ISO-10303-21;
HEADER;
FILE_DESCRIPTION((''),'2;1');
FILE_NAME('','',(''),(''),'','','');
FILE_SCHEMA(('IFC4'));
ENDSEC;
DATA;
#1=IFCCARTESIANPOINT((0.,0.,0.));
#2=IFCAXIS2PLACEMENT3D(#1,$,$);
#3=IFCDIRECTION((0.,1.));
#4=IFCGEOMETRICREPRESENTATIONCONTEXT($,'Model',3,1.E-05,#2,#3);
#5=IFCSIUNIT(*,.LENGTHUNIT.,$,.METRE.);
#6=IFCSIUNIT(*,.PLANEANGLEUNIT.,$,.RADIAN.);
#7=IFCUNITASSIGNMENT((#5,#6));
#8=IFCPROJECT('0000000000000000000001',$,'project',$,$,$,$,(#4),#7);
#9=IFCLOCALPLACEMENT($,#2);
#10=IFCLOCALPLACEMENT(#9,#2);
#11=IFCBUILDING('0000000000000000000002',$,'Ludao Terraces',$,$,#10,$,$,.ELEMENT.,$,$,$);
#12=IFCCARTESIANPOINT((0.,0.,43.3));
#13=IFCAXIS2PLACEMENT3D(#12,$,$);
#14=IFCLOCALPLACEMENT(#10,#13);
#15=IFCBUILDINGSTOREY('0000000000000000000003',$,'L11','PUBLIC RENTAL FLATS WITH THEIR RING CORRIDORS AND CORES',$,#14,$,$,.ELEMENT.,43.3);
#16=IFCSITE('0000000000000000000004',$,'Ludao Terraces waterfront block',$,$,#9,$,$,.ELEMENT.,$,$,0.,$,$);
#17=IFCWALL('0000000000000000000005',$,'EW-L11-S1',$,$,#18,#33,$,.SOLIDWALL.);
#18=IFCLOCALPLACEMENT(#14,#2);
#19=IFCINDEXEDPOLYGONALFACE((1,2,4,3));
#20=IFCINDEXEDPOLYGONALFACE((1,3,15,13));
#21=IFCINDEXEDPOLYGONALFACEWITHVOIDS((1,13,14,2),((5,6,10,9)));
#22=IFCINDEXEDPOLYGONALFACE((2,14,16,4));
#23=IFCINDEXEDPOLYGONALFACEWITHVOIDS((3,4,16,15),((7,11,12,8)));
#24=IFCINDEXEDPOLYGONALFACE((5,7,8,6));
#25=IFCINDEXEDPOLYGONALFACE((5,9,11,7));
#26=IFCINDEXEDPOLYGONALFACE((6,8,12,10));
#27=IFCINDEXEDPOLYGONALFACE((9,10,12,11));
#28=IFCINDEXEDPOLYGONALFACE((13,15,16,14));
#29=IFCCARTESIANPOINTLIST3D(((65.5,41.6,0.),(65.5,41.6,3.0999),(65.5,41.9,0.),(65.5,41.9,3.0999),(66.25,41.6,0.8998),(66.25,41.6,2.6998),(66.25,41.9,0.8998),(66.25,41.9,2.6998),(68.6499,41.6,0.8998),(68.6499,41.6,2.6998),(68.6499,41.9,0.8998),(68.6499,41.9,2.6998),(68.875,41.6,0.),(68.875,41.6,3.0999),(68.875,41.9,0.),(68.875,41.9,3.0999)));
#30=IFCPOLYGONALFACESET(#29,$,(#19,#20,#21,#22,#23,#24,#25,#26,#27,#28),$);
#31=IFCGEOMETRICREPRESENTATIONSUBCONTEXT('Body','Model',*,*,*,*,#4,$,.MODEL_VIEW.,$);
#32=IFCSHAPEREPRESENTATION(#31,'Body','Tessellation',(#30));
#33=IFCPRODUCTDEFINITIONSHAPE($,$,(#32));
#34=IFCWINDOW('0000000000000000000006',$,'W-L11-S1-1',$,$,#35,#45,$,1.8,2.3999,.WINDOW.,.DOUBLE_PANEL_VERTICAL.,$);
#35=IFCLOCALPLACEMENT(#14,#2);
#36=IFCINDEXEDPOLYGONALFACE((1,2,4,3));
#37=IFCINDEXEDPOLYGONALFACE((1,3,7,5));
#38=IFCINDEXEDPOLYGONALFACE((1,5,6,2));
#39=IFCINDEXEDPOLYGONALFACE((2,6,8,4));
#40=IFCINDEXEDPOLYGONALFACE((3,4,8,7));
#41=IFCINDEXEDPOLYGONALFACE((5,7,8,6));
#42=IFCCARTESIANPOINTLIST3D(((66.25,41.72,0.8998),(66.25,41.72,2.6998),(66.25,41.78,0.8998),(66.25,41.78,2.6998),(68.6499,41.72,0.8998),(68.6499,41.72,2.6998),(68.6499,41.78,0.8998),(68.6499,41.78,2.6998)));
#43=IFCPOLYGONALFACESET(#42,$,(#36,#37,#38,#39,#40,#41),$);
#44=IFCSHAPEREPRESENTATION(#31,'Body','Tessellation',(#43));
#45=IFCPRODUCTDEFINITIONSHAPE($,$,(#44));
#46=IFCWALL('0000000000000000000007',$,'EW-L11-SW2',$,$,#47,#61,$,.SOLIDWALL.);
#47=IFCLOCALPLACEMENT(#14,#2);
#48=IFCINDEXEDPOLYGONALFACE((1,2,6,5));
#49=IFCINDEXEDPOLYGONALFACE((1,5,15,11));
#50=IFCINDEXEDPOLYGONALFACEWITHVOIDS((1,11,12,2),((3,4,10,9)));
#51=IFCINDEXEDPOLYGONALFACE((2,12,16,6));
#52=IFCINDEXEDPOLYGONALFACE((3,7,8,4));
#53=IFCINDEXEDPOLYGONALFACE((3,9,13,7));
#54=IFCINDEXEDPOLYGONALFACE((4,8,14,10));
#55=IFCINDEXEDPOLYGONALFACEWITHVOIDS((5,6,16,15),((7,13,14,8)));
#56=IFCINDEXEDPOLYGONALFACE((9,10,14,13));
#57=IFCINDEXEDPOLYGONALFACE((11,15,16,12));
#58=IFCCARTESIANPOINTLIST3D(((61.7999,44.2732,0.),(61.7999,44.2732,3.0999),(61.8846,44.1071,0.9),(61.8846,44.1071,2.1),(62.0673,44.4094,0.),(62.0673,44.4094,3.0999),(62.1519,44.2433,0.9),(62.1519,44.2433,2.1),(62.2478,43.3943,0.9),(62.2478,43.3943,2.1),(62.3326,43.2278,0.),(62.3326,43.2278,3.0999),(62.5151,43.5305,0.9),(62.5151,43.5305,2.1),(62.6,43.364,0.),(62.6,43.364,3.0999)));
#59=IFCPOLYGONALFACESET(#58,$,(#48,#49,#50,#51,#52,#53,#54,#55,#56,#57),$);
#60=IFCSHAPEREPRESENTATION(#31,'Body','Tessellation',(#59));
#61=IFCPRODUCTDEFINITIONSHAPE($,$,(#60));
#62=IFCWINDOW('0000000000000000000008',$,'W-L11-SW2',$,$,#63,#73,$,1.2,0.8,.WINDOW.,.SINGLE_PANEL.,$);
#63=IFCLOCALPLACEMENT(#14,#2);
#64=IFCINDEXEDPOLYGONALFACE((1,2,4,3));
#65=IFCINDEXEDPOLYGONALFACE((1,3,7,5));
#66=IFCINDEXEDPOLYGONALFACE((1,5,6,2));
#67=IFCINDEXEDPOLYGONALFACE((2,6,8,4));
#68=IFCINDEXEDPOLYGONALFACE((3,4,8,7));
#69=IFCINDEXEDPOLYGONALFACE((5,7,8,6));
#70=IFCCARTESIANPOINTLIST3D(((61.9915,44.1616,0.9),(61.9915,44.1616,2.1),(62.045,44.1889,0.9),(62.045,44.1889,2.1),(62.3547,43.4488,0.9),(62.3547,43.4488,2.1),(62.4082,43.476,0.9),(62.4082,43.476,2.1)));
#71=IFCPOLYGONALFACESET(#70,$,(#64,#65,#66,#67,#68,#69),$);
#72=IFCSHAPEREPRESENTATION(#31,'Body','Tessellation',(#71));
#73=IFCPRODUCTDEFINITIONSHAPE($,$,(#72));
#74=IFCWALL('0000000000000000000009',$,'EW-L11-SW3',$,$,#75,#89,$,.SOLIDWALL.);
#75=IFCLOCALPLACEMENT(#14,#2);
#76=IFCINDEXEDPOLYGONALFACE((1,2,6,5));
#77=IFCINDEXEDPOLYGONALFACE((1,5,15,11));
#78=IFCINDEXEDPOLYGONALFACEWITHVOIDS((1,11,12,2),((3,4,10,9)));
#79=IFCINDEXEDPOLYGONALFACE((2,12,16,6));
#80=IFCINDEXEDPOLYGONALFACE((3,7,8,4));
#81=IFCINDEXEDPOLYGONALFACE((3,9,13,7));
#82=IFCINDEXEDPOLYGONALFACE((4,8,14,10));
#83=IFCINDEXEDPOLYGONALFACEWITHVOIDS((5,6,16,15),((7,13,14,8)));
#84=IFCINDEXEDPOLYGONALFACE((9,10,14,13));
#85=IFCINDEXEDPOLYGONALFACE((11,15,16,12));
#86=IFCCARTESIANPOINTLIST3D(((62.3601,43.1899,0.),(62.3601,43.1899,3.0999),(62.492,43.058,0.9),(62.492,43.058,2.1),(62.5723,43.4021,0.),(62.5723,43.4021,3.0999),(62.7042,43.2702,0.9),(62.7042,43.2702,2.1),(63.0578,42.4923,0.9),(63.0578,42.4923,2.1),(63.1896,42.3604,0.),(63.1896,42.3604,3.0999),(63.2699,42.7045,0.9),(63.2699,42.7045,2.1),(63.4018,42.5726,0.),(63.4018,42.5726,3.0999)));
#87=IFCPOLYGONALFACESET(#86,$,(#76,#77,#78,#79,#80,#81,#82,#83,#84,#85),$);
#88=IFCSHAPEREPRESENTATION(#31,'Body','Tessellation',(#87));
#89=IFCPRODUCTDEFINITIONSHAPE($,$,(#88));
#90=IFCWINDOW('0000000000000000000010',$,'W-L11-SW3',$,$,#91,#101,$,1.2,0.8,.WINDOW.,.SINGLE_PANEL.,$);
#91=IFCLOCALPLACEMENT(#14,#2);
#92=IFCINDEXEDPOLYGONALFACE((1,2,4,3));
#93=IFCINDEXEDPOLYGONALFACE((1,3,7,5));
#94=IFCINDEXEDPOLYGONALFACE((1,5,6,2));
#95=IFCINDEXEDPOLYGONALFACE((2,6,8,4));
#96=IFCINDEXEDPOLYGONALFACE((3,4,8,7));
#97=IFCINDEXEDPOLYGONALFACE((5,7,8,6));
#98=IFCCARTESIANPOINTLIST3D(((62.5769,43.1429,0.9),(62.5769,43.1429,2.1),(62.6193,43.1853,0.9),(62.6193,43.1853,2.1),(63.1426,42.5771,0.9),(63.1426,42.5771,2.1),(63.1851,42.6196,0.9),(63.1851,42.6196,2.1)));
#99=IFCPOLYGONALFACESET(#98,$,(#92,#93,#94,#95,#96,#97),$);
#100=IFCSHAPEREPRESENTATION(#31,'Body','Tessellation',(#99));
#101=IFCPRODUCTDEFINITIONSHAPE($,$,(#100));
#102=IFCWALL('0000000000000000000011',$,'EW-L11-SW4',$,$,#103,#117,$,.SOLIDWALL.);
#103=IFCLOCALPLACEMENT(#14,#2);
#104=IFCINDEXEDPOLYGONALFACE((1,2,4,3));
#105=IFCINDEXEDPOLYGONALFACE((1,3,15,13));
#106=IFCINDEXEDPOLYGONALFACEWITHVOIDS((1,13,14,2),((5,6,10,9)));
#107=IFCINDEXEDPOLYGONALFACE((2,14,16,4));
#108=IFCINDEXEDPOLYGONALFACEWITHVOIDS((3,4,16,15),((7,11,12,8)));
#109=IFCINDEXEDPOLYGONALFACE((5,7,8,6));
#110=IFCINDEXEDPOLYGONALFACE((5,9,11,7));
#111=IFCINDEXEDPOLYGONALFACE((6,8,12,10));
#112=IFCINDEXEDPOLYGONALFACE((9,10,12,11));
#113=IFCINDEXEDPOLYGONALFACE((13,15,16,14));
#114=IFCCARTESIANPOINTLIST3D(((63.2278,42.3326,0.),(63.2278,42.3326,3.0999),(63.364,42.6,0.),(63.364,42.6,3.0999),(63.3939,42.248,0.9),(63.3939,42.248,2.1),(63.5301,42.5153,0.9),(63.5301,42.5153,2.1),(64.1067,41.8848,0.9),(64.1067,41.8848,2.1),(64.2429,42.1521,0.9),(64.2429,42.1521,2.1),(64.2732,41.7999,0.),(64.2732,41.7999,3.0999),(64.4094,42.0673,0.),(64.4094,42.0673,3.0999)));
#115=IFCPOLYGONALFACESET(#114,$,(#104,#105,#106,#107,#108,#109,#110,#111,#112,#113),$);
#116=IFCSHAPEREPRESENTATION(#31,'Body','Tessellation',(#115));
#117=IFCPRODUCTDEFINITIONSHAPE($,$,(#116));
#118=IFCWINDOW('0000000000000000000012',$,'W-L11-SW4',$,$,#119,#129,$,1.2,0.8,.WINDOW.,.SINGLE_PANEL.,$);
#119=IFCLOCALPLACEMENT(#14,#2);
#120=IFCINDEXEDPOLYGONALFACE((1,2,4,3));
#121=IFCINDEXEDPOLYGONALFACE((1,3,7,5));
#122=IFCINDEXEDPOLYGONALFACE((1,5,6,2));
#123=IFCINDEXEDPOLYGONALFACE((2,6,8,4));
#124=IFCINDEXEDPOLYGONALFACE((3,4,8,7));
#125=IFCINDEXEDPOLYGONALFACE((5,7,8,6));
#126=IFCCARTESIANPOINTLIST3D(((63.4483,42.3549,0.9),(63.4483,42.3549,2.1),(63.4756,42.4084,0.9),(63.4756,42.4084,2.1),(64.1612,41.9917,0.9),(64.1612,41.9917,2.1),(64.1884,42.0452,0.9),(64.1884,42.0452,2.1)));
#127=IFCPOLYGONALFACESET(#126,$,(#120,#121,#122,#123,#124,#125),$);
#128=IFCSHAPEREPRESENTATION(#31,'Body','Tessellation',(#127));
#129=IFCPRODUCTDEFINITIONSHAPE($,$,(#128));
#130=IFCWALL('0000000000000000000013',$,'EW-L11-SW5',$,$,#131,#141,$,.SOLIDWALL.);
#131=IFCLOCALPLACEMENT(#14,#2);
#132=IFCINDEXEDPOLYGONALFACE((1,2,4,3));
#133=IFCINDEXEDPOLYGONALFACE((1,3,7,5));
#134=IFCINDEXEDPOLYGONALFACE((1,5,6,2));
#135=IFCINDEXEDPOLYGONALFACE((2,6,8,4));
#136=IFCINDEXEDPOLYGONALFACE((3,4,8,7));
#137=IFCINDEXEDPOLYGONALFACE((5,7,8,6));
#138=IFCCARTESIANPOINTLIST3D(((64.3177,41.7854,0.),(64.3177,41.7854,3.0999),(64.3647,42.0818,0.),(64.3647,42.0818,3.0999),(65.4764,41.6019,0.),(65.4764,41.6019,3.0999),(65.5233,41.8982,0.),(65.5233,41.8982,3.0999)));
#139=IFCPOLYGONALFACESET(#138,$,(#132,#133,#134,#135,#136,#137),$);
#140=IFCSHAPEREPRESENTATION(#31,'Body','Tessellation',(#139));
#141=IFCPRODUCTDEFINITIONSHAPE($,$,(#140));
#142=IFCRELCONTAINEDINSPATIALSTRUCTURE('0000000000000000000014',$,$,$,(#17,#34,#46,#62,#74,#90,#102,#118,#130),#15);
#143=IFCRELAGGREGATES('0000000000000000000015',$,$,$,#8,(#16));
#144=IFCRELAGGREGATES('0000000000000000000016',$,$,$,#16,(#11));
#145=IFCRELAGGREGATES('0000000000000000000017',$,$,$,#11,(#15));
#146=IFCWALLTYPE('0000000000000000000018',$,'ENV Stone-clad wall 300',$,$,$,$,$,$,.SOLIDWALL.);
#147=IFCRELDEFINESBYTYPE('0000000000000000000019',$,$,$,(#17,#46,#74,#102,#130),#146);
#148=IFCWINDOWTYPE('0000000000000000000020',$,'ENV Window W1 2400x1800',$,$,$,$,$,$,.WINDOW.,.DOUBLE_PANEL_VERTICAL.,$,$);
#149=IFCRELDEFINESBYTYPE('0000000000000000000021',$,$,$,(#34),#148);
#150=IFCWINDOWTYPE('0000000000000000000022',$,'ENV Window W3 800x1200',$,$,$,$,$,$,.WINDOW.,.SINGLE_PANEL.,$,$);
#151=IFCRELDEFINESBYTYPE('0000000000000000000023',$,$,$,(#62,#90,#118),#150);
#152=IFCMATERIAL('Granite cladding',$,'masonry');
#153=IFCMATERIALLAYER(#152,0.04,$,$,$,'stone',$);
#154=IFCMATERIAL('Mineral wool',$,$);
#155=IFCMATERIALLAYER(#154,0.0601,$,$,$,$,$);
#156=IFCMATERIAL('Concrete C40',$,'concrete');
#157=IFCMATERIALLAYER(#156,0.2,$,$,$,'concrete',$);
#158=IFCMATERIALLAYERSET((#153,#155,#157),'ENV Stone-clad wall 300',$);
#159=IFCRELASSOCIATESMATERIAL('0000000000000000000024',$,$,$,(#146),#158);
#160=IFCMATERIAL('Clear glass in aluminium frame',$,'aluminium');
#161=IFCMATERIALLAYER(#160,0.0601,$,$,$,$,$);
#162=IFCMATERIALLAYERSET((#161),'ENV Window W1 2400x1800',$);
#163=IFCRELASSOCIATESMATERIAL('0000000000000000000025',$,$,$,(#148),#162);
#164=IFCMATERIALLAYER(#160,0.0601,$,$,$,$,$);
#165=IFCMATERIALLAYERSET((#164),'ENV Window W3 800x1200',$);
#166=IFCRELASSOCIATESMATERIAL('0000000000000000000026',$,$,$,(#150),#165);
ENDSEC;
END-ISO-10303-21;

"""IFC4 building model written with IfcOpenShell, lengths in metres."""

from ifc_helpers import new_model, si_unit, direction, frame, frame_2d, origin, place, context, subcontext, project, spatial, rectangle, extrude, material, layer, layer_set, type_object, element, fill, save


model = new_model("IFC4")

# Units and contexts
model_context = context("Model", 3, precision=1e-05, world=origin(), true_north=direction((0.0, 1.0)))
body_context = subcontext(model_context, "Body", "Model", "MODEL_VIEW")
ifc_project = project(units=[si_unit("LENGTHUNIT", "METRE"), si_unit("PLANEANGLEUNIT", "RADIAN")], contexts=[model_context])

# Site, building, storey
site_placement = place(None, origin())
site = spatial("IfcSite", under=ifc_project, at=site_placement, Name="Ludao Terraces waterfront block", CompositionType="ELEMENT", RefElevation=0.0)
building_placement = place(site_placement, origin())
building = spatial("IfcBuilding", under=site, at=building_placement, Name="Ludao Terraces", CompositionType="ELEMENT")
storey_placement = place(building_placement, frame((0.0, 0.0, 43.3)))
storey = spatial("IfcBuildingStorey", under=building, at=storey_placement, Name="L11", Description="PUBLIC RENTAL FLATS WITH THEIR RING CORRIDORS AND CORES", CompositionType="ELEMENT", Elevation=43.3)

# Walls, openings, windows
ifc_material_1 = material(Name="Granite cladding", Category="masonry")
ifc_layer_1 = layer(ifc_material_1, 0.04, Category="stone")
ifc_material_2 = material(Name="Mineral wool")
ifc_layer_2 = layer(ifc_material_2, 0.0601)
ifc_material_3 = material(Name="Concrete C40", Category="concrete")
ifc_layer_3 = layer(ifc_material_3, 0.2, Category="concrete")
ifc_layer_set_1 = layer_set([ifc_layer_1, ifc_layer_2, ifc_layer_3], Name="ENV Stone-clad wall 300")
wall_type_1 = type_object("IfcWallType", Name="ENV Stone-clad wall 300", PredefinedType="SOLIDWALL", material=ifc_layer_set_1)
wall_1_placement = place(storey_placement, frame((65.5, 41.75, 0.0), z_axis=(0.0, 0.0, 1.0), x_axis=(1.0, 0.0, 0.0)))
wall_1 = element("IfcWall", 1, at=wall_1_placement, inside=storey, type_object=wall_type_1, Name="EW-L11-S1", PredefinedType="SOLIDWALL", context=body_context, shape_type="SweptSolid", body=[
    extrude(rectangle(XDim=3.375, YDim=0.3, at=frame_2d((1.6875, 0.0))), origin(), (0.0, 0.0, 1.0), 3.0999),
])
opening_1_placement = place(wall_1_placement, frame((0.75, 0.0, 0.8999)))
opening_1 = element("IfcOpeningElement", 2, at=opening_1_placement, cuts=wall_1, PredefinedType="OPENING", context=body_context, shape_type="SweptSolid", body=[
    extrude(rectangle(XDim=2.3999, YDim=1.8, at=frame_2d((1.2, 0.8999))), frame((0.0, 0.1602, 0.0), z_axis=(0.0, -1.0, 0.0), x_axis=(1.0, 0.0, 0.0)), (0.0, 0.0, 1.0), 0.3201),
])
ifc_material_4 = material(Name="Clear glass in aluminium frame", Category="aluminium")
ifc_layer_4 = layer(ifc_material_4, 0.0601)
ifc_layer_set_2 = layer_set([ifc_layer_4], Name="ENV Window W1 2400x1800")
window_type_1 = type_object("IfcWindowType", Name="ENV Window W1 2400x1800", PartitioningType="DOUBLE_PANEL_VERTICAL", PredefinedType="WINDOW", material=ifc_layer_set_2)
window_1_placement = place(opening_1_placement, origin())
window_1 = element("IfcWindow", 3, at=window_1_placement, inside=storey, type_object=window_type_1, Name="W-L11-S1-1", OverallHeight=1.8, OverallWidth=2.3999, PartitioningType="DOUBLE_PANEL_VERTICAL", PredefinedType="WINDOW", context=body_context, shape_type="SweptSolid", body=[
    extrude(rectangle(XDim=2.3999, YDim=1.8, at=frame_2d((1.2, 0.8999))), frame((0.0, 0.03, 0.0), z_axis=(0.0, -1.0, 0.0), x_axis=(1.0, 0.0, 0.0)), (0.0, 0.0, 1.0), 0.0601),
])
fill(opening_1, window_1)
wall_2_placement = place(storey_placement, frame((61.9336, 44.3413, 0.0), z_axis=(0.0, 0.0, 1.0), x_axis=(0.454026, -0.890989, 0.0)))
wall_2 = element("IfcWall", 4, at=wall_2_placement, inside=storey, type_object=wall_type_1, Name="EW-L11-SW2", PredefinedType="SOLIDWALL", context=body_context, shape_type="SweptSolid", body=[
    extrude(rectangle(XDim=1.1733, YDim=0.3, at=frame_2d((0.5867, 0.0))), origin(), (0.0, 0.0, 1.0), 3.0999),
])
opening_2_placement = place(wall_2_placement, frame((0.1865, 0.0, 0.8999)))
opening_2 = element("IfcOpeningElement", 5, at=opening_2_placement, cuts=wall_2, PredefinedType="OPENING", context=body_context, shape_type="SweptSolid", body=[
    extrude(rectangle(XDim=0.8, YDim=1.2, at=frame_2d((0.3999, 0.6001))), frame((0.0, 0.1602, 0.0), z_axis=(0.0, -1.0, 0.0), x_axis=(1.0, 0.0, 0.0)), (0.0, 0.0, 1.0), 0.3201),
])
ifc_layer_5 = layer(ifc_material_4, 0.0601)
ifc_layer_set_3 = layer_set([ifc_layer_5], Name="ENV Window W3 800x1200")
window_type_2 = type_object("IfcWindowType", Name="ENV Window W3 800x1200", PartitioningType="SINGLE_PANEL", PredefinedType="WINDOW", material=ifc_layer_set_3)
window_2_placement = place(opening_2_placement, origin())
window_2 = element("IfcWindow", 6, at=window_2_placement, inside=storey, type_object=window_type_2, Name="W-L11-SW2", OverallHeight=1.2, OverallWidth=0.8, PartitioningType="SINGLE_PANEL", PredefinedType="WINDOW", context=body_context, shape_type="SweptSolid", body=[
    extrude(rectangle(XDim=0.8, YDim=1.2, at=frame_2d((0.3999, 0.6001))), frame((0.0, 0.03, 0.0), z_axis=(0.0, -1.0, 0.0), x_axis=(1.0, 0.0, 0.0)), (0.0, 0.0, 1.0), 0.0601),
])
fill(opening_2, window_2)
wall_3_placement = place(storey_placement, frame((62.4663, 43.2959, 0.0), z_axis=(0.0, 0.0, 1.0), x_axis=(0.707107, -0.707107, 0.0)))
wall_3 = element("IfcWall", 7, at=wall_3_placement, inside=storey, type_object=wall_type_1, Name="EW-L11-SW3", PredefinedType="SOLIDWALL", context=body_context, shape_type="SweptSolid", body=[
    extrude(rectangle(XDim=1.1731, YDim=0.3, at=frame_2d((0.5864, 0.0))), origin(), (0.0, 0.0, 1.0), 3.0999),
])
opening_3_placement = place(wall_3_placement, frame((0.1865, 0.0, 0.8999)))
opening_3 = element("IfcOpeningElement", 8, at=opening_3_placement, cuts=wall_3, PredefinedType="OPENING", context=body_context, shape_type="SweptSolid", body=[
    extrude(rectangle(XDim=0.8, YDim=1.2, at=frame_2d((0.3999, 0.6001))), frame((0.0, 0.1602, 0.0), z_axis=(0.0, -1.0, 0.0), x_axis=(1.0, 0.0, 0.0)), (0.0, 0.0, 1.0), 0.3201),
])
window_3_placement = place(opening_3_placement, origin())
window_3 = element("IfcWindow", 9, at=window_3_placement, inside=storey, type_object=window_type_2, Name="W-L11-SW3", OverallHeight=1.2, OverallWidth=0.8, PartitioningType="SINGLE_PANEL", PredefinedType="WINDOW", context=body_context, shape_type="SweptSolid", body=[
    extrude(rectangle(XDim=0.8, YDim=1.2, at=frame_2d((0.3999, 0.6001))), frame((0.0, 0.03, 0.0), z_axis=(0.0, -1.0, 0.0), x_axis=(1.0, 0.0, 0.0)), (0.0, 0.0, 1.0), 0.0601),
])
fill(opening_3, window_3)
wall_4_placement = place(storey_placement, frame((63.2959, 42.4663, 0.0), z_axis=(0.0, 0.0, 1.0), x_axis=(0.890989, -0.454026, 0.0)))
wall_4 = element("IfcWall", 10, at=wall_4_placement, inside=storey, type_object=wall_type_1, Name="EW-L11-SW4", PredefinedType="SOLIDWALL", context=body_context, shape_type="SweptSolid", body=[
    extrude(rectangle(XDim=1.1733, YDim=0.3, at=frame_2d((0.5867, 0.0))), origin(), (0.0, 0.0, 1.0), 3.0999),
])
opening_4_placement = place(wall_4_placement, frame((0.1865, 0.0, 0.8999)))
opening_4 = element("IfcOpeningElement", 11, at=opening_4_placement, cuts=wall_4, PredefinedType="OPENING", context=body_context, shape_type="SweptSolid", body=[
    extrude(rectangle(XDim=0.8, YDim=1.2, at=frame_2d((0.3999, 0.6001))), frame((0.0, 0.1602, 0.0), z_axis=(0.0, -1.0, 0.0), x_axis=(1.0, 0.0, 0.0)), (0.0, 0.0, 1.0), 0.3201),
])
window_4_placement = place(opening_4_placement, origin())
window_4 = element("IfcWindow", 12, at=window_4_placement, inside=storey, type_object=window_type_2, Name="W-L11-SW4", OverallHeight=1.2, OverallWidth=0.8, PartitioningType="SINGLE_PANEL", PredefinedType="WINDOW", context=body_context, shape_type="SweptSolid", body=[
    extrude(rectangle(XDim=0.8, YDim=1.2, at=frame_2d((0.3999, 0.6001))), frame((0.0, 0.03, 0.0), z_axis=(0.0, -1.0, 0.0), x_axis=(1.0, 0.0, 0.0)), (0.0, 0.0, 1.0), 0.0601),
])
fill(opening_4, window_4)

# Wall
wall_5_placement = place(storey_placement, frame((64.3413, 41.9336, 0.0), z_axis=(0.0, 0.0, 1.0), x_axis=(0.987678, -0.156497, 0.0)))
element("IfcWall", 13, at=wall_5_placement, inside=storey, type_object=wall_type_1, Name="EW-L11-SW5", PredefinedType="SOLIDWALL", context=body_context, shape_type="SweptSolid", body=[
    extrude(rectangle(XDim=1.1731, YDim=0.3, at=frame_2d((0.5864, 0.0))), origin(), (0.0, 0.0, 1.0), 3.0999),
])

save(model, "model.ifc")
